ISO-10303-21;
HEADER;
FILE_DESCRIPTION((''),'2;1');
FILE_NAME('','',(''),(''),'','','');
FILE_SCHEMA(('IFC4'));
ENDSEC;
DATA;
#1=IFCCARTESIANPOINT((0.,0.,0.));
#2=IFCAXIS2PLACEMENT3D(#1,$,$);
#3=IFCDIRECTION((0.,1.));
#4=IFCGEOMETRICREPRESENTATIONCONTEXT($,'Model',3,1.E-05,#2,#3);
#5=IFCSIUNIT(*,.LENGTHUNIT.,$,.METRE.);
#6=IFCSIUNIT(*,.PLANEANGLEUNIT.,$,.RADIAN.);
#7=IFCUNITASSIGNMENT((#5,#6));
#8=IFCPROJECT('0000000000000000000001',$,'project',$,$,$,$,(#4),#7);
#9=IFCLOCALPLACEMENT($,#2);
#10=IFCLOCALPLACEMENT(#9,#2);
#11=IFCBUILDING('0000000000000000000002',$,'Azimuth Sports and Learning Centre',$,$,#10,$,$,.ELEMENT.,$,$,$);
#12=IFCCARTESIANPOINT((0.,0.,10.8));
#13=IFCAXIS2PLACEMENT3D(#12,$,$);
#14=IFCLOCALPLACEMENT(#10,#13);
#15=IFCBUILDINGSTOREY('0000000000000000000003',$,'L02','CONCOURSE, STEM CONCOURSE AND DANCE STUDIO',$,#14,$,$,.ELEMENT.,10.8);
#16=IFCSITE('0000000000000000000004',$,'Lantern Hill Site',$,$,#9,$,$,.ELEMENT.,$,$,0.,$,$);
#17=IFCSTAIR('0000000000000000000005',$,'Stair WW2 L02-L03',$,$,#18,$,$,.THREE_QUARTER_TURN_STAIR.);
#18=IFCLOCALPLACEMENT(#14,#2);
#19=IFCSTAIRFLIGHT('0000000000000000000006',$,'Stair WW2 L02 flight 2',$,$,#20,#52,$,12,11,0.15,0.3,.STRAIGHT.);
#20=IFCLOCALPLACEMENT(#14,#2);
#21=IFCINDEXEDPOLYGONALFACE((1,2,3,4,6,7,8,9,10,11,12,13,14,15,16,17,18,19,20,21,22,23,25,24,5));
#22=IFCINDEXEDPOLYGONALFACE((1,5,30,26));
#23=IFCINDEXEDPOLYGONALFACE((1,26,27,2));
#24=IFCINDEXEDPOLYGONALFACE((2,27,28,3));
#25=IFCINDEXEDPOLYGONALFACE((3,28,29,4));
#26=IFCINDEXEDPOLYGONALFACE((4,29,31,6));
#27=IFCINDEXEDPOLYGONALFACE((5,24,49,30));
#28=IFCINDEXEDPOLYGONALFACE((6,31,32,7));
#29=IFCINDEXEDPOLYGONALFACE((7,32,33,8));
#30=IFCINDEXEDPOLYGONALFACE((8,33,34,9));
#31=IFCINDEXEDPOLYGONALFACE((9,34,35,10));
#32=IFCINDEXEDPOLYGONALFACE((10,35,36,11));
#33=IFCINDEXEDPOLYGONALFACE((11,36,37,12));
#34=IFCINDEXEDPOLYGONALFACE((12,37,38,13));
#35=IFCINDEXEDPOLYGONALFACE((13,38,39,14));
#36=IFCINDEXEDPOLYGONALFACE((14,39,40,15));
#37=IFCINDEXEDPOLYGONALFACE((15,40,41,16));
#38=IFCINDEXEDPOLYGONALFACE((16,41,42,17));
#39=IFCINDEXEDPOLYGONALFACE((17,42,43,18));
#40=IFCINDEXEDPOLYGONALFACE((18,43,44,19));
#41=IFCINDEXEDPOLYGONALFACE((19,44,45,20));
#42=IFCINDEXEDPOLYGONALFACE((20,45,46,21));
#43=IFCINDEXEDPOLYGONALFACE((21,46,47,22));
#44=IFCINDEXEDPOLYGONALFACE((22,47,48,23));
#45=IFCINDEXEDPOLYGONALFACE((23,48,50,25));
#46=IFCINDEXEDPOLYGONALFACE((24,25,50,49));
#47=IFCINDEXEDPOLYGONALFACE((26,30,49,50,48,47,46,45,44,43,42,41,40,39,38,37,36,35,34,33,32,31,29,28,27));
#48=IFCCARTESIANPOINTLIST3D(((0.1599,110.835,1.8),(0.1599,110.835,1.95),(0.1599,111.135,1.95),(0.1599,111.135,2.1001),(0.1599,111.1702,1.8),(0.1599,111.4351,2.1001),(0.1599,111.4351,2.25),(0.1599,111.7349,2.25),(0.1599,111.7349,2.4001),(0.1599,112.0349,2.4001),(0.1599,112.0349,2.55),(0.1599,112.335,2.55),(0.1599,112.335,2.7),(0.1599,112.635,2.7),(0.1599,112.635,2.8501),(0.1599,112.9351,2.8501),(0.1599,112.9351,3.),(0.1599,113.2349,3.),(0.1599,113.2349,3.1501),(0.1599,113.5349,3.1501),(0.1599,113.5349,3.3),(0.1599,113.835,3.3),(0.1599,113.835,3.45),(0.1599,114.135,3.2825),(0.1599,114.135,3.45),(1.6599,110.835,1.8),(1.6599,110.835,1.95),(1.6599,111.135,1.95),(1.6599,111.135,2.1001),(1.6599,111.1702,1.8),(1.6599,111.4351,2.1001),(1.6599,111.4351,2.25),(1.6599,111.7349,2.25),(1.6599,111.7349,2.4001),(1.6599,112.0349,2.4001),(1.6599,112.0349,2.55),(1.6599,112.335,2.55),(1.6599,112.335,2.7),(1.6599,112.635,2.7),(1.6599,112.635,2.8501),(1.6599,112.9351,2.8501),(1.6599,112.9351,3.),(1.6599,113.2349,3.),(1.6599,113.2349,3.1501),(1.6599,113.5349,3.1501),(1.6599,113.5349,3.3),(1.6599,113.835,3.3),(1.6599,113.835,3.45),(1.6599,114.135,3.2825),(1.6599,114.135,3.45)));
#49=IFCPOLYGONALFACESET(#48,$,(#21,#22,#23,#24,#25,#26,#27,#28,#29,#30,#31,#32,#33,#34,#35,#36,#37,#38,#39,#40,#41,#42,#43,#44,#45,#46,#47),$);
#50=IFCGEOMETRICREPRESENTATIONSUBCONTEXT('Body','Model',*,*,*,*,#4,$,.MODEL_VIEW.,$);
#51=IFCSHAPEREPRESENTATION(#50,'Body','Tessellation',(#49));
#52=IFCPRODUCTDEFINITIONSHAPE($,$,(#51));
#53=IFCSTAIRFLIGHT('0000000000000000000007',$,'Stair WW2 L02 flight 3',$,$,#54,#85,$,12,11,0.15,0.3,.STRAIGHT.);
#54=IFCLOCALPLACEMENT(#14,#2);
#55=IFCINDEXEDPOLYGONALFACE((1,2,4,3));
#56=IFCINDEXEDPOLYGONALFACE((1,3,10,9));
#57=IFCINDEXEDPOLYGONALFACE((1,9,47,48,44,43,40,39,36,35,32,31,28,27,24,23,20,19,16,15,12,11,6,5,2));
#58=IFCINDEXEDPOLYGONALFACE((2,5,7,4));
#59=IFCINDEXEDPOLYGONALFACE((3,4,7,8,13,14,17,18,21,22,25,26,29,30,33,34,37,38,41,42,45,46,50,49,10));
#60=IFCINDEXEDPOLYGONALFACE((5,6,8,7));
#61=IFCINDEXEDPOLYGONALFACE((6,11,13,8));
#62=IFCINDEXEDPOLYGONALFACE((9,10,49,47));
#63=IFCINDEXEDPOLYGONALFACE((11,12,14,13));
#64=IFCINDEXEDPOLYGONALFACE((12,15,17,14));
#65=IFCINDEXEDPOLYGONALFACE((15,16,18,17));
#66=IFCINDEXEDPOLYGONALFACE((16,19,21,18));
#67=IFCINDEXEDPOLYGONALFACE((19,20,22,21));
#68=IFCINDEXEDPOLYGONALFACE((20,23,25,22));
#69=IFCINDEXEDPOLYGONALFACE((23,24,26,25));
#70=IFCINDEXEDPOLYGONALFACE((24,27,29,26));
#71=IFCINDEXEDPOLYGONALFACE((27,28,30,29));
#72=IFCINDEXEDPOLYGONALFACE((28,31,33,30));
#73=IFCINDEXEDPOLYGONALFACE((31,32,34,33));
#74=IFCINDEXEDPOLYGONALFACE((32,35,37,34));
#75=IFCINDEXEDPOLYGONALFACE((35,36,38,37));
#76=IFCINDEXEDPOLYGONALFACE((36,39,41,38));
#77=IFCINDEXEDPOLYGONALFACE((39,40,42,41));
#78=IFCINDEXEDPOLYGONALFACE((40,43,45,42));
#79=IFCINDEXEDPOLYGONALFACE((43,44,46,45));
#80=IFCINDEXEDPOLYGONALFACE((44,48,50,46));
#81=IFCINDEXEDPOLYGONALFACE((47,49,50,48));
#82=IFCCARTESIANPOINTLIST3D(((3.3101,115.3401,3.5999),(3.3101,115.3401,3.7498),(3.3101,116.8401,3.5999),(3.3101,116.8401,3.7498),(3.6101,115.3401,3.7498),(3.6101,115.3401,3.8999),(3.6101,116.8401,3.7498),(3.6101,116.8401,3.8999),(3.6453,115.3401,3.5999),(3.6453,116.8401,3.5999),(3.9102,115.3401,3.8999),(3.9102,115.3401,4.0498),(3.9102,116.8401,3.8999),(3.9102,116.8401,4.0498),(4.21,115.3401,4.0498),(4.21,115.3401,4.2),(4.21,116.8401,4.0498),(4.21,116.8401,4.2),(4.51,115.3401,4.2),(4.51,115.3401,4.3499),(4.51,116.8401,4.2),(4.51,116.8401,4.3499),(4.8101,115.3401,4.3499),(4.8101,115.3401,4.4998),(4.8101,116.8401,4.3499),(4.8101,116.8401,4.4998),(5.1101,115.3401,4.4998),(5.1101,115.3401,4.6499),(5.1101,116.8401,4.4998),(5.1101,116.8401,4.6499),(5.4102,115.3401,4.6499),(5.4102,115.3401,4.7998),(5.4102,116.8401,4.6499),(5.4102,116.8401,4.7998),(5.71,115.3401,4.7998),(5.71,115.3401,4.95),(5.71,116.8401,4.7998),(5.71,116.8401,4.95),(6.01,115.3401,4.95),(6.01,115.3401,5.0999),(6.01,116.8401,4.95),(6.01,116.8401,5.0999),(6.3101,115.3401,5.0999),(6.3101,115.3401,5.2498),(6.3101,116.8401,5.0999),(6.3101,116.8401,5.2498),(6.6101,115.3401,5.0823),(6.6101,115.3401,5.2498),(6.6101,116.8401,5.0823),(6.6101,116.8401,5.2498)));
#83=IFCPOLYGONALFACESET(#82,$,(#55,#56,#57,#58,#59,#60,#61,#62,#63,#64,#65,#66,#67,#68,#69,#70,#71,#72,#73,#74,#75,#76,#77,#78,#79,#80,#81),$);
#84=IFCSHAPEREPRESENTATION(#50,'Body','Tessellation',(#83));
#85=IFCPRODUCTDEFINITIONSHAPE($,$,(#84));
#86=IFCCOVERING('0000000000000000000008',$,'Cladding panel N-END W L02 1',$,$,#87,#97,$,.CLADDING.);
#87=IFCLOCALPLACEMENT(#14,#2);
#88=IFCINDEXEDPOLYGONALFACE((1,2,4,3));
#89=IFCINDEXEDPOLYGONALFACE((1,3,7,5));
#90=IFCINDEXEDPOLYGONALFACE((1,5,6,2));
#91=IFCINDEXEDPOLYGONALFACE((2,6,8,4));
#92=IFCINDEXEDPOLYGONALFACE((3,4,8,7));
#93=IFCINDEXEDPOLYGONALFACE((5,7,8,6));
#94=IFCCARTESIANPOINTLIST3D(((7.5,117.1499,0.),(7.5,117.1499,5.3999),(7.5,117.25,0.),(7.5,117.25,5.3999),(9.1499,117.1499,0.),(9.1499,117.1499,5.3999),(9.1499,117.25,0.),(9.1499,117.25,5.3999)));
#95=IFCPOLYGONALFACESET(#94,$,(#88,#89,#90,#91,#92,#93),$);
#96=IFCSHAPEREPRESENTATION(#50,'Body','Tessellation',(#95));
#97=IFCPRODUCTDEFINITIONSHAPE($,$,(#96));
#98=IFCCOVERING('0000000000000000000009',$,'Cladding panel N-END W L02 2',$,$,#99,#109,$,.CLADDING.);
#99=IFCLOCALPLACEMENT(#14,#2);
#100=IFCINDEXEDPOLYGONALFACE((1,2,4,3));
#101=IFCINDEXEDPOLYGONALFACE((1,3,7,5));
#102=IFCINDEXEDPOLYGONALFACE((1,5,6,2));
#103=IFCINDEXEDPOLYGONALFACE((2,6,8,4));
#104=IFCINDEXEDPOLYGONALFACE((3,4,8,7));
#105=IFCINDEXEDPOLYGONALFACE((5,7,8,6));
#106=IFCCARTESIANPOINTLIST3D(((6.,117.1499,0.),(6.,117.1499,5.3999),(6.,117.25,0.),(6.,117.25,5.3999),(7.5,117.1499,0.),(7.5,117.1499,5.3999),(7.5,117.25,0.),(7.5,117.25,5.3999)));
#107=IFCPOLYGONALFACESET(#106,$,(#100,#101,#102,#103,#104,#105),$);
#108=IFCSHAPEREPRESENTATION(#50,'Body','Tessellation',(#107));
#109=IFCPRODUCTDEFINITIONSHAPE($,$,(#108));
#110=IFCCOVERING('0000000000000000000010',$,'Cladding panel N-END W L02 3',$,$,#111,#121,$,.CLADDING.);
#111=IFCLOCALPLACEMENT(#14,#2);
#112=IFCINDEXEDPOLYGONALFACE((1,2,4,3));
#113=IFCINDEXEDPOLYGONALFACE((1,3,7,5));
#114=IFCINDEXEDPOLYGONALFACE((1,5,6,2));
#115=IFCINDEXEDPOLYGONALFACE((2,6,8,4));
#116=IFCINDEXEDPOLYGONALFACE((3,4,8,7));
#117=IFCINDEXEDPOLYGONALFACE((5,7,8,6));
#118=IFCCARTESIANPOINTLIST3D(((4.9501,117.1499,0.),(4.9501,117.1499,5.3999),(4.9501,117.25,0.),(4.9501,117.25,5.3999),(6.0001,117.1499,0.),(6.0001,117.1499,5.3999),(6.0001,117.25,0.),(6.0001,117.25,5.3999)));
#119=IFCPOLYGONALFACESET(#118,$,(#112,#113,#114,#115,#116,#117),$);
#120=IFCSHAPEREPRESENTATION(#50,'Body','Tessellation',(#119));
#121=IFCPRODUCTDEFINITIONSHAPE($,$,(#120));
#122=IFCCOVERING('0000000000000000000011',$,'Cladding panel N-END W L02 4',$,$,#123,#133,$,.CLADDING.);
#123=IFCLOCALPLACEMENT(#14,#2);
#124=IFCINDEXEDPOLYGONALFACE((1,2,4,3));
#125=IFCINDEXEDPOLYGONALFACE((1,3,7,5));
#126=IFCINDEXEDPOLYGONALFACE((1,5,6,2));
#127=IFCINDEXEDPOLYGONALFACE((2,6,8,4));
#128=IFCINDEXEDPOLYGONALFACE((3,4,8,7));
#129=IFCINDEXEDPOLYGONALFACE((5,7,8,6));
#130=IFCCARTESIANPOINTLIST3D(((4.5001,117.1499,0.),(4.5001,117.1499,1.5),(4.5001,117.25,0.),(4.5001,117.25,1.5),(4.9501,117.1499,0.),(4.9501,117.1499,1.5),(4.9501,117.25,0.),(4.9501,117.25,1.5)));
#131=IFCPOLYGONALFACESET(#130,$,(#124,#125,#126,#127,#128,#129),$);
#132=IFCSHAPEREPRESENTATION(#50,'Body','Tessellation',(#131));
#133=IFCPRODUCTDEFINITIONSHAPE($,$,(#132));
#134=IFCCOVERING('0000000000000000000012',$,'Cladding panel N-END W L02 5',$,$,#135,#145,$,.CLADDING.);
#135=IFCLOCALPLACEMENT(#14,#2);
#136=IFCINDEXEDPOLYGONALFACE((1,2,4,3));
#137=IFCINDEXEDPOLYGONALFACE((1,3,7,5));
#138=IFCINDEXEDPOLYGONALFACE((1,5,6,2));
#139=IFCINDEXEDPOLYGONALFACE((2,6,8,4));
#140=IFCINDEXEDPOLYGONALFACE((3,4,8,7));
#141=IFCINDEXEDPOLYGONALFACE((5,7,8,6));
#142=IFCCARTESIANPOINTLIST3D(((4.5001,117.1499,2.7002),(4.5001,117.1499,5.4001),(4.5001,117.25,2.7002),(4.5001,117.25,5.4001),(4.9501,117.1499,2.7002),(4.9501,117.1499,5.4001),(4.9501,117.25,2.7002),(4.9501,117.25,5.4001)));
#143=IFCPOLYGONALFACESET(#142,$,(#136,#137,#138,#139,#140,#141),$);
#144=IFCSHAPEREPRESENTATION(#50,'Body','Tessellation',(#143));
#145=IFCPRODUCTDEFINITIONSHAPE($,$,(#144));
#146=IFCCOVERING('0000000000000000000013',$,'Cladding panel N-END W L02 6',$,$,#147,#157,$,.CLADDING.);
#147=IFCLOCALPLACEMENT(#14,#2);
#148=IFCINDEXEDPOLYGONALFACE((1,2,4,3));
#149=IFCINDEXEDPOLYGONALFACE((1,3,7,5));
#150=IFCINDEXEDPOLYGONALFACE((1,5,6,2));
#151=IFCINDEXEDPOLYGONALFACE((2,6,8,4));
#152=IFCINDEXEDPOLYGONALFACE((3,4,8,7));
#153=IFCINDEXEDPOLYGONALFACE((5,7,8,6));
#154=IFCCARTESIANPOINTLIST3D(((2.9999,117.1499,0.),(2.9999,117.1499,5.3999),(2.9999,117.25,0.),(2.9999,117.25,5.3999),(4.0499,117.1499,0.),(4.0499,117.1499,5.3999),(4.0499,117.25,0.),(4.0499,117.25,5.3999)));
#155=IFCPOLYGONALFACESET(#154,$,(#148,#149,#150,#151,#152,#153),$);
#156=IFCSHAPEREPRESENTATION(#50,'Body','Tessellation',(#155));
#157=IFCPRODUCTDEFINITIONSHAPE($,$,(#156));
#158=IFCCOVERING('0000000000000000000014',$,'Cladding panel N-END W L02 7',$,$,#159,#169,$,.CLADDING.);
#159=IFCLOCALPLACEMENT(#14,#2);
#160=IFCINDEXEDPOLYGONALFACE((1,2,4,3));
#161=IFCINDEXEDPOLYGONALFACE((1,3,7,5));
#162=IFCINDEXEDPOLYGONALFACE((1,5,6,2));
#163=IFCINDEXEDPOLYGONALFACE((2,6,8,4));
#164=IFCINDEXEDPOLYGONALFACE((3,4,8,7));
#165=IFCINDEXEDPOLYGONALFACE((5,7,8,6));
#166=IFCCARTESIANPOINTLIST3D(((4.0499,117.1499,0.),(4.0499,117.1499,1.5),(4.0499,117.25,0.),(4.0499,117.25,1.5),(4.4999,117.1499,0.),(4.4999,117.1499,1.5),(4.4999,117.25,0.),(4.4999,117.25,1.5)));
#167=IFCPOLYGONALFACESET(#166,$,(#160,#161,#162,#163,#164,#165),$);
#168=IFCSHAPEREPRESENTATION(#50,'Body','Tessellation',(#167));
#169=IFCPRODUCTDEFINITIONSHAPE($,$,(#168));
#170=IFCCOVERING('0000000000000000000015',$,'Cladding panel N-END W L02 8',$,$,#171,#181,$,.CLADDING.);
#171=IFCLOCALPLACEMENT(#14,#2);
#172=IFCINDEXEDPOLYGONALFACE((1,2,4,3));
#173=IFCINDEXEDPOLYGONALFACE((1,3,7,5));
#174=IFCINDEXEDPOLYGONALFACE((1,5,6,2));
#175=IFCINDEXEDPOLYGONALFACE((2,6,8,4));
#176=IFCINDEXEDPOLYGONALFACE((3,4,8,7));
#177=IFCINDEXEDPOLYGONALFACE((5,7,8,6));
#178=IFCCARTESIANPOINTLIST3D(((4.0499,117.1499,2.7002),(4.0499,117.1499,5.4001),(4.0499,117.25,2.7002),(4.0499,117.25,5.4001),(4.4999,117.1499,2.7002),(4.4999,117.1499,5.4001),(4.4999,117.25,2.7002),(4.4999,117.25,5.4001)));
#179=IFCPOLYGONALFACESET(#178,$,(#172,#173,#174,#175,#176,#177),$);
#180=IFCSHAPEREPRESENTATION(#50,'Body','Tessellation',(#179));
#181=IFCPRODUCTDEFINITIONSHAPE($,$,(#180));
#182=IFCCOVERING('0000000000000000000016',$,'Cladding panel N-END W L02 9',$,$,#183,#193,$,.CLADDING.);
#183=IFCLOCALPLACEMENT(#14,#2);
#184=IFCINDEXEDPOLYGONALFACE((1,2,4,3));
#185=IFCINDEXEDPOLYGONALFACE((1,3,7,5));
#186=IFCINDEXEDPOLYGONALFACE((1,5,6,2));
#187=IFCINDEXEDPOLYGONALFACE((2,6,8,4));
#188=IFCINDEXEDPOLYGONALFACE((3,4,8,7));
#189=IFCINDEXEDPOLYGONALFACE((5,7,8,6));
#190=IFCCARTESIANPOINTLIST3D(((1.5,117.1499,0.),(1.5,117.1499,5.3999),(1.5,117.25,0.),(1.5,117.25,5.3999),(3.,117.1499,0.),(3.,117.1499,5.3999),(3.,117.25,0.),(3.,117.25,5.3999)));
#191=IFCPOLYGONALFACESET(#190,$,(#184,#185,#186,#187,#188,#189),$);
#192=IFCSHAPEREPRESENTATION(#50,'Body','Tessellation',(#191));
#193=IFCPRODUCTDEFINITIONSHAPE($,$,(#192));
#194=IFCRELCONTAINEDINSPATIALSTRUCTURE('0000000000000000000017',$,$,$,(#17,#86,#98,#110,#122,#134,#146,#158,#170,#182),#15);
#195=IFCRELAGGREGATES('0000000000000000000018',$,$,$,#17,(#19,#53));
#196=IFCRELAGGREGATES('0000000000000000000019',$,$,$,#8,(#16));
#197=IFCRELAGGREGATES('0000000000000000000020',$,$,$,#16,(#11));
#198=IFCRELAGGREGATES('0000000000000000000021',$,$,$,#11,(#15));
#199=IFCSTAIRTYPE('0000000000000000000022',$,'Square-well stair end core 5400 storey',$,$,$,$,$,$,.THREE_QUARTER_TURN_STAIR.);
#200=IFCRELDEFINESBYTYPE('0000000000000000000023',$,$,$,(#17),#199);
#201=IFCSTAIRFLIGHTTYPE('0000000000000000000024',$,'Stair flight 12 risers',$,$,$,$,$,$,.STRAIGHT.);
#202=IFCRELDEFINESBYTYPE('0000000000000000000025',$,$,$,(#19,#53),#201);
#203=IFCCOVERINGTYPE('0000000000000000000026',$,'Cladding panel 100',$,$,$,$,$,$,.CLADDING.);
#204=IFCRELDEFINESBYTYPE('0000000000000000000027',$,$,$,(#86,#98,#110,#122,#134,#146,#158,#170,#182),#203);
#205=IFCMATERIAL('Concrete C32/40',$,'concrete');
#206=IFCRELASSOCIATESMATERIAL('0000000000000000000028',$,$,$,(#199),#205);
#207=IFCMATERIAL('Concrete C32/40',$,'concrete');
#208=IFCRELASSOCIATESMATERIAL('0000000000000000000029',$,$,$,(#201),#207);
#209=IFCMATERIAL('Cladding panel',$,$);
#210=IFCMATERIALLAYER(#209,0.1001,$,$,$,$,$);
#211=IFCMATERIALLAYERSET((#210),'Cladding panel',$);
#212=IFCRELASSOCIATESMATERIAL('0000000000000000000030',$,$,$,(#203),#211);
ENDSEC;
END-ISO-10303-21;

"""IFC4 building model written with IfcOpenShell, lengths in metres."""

from ifc_helpers import new_model, si_unit, direction, frame, origin, origin_2d, place, context, subcontext, project, spatial, polyline, rectangle, outline, extrude, material, layer, layer_set, type_object, element, aggregate, save


model = new_model("IFC4")

# Units and contexts
model_context = context("Model", 3, precision=1e-05, world=origin(), true_north=direction((0.0, 1.0)))
body_context = subcontext(model_context, "Body", "Model", "MODEL_VIEW")
ifc_project = project(units=[si_unit("LENGTHUNIT", "METRE"), si_unit("PLANEANGLEUNIT", "RADIAN")], contexts=[model_context])

# Site, building, storey
site_placement = place(None, origin())
site = spatial("IfcSite", under=ifc_project, at=site_placement, Name="Lantern Hill Site", CompositionType="ELEMENT", RefElevation=0.0)
building_placement = place(site_placement, origin())
building = spatial("IfcBuilding", under=site, at=building_placement, Name="Azimuth Sports and Learning Centre", CompositionType="ELEMENT")
storey_placement = place(building_placement, frame((0.0, 0.0, 10.8)))
storey = spatial("IfcBuildingStorey", under=building, at=storey_placement, Name="L02", Description="CONCOURSE, STEM CONCOURSE AND DANCE STUDIO", CompositionType="ELEMENT", Elevation=10.8)

# Stair, stair flights
ifc_material_1 = material(Name="Concrete C32/40", Category="concrete")
stair_type = type_object("IfcStairType", Name="Square-well stair end core 5400 storey", PredefinedType="THREE_QUARTER_TURN_STAIR", material=ifc_material_1)
stair_placement = place(storey_placement, origin())
stair = element("IfcStair", 1, at=stair_placement, inside=storey, type_object=stair_type, Name="Stair WW2 L02-L03", PredefinedType="THREE_QUARTER_TURN_STAIR")
ifc_material_2 = material(Name="Concrete C32/40", Category="concrete")
stair_flight_type = type_object("IfcStairFlightType", Name="Stair flight 12 risers", PredefinedType="STRAIGHT", material=ifc_material_2)
stair_flight_1_placement = place(storey_placement, frame((0.9099, 110.835, 1.8), z_axis=(0.0, 0.0, 1.0), x_axis=(0.0, 1.0, 0.0)))
stair_flight_1 = element("IfcStairFlight", 2, at=stair_flight_1_placement, type_object=stair_flight_type, Name="Stair WW2 L02 flight 2", NumberOfRisers=12, NumberOfTreads=11, PredefinedType="STRAIGHT", RiserHeight=0.15, TreadLength=0.3, context=body_context, shape_type="SweptSolid", body=[
    extrude(outline(polyline([(0.0, 0.0), (0.0, 0.1499), (0.3, 0.1499), (0.3, 0.3), (0.6001, 0.3), (0.6001, 0.45), (0.8999, 0.45), (0.8999, 0.6001), (1.2, 0.6001), (1.2, 0.75), (1.5, 0.75), (1.5, 0.8999), (1.8, 0.8999), (1.8, 1.05), (2.1001, 1.05), (2.1001, 1.2), (2.3999, 1.2), (2.3999, 1.3501), (2.7, 1.3501), (2.7, 1.5), (3.0, 1.5), (3.0, 1.6499), (3.3, 1.6499), (3.3, 1.8), (3.3, 1.4824), (0.3352, 0.0), (0.0, 0.0)])), frame((0.0, 0.75, 0.0), z_axis=(0.0, -1.0, 0.0), x_axis=(1.0, 0.0, 0.0)), (0.0, 0.0, 1.0), 1.5),
])
stair_flight_2_placement = place(storey_placement, frame((3.3101, 116.0901, 3.5999), z_axis=(0.0, 0.0, 1.0), x_axis=(1.0, 0.0, 0.0)))
stair_flight_2 = element("IfcStairFlight", 3, at=stair_flight_2_placement, type_object=stair_flight_type, Name="Stair WW2 L02 flight 3", NumberOfRisers=12, NumberOfTreads=11, PredefinedType="STRAIGHT", RiserHeight=0.15, TreadLength=0.3, context=body_context, shape_type="SweptSolid", body=[
    extrude(outline(polyline([(0.0, 0.0), (0.0, 0.1499), (0.3, 0.1499), (0.3, 0.3), (0.6001, 0.3), (0.6001, 0.45), (0.8999, 0.45), (0.8999, 0.6001), (1.2, 0.6001), (1.2, 0.75), (1.5, 0.75), (1.5, 0.8999), (1.8, 0.8999), (1.8, 1.05), (2.1001, 1.05), (2.1001, 1.2), (2.3999, 1.2), (2.3999, 1.3501), (2.7, 1.3501), (2.7, 1.5), (3.0, 1.5), (3.0, 1.6499), (3.3, 1.6499), (3.3, 1.8), (3.3, 1.4824), (0.3352, 0.0), (0.0, 0.0)])), frame((0.0, 0.75, 0.0), z_axis=(0.0, -1.0, 0.0), x_axis=(1.0, 0.0, 0.0)), (0.0, 0.0, 1.0), 1.5),
])
aggregate(stair, [stair_flight_1, stair_flight_2])

# Coverings
ifc_material_3 = material(Name="Cladding panel")
ifc_layer_1 = layer(ifc_material_3, 0.1001)
ifc_layer_set_1 = layer_set([ifc_layer_1], Name="Cladding panel")
covering_type = type_object("IfcCoveringType", Name="Cladding panel 100", PredefinedType="CLADDING", material=ifc_layer_set_1)
covering_1_placement = place(storey_placement, frame((8.325, 117.2, 0.0), z_axis=(0.0, 0.0, 1.0), x_axis=(-1.0, 0.0, 0.0)))
element("IfcCovering", 4, at=covering_1_placement, inside=storey, type_object=covering_type, Name="Cladding panel N-END W L02 1", PredefinedType="CLADDING", context=body_context, shape_type="SweptSolid", body=[
    extrude(rectangle(XDim=1.6499, YDim=0.1001, at=origin_2d()), origin(), (0.0, 0.0, 1.0), 5.3999),
])
covering_2_placement = place(storey_placement, frame((6.75, 117.2, 0.0), z_axis=(0.0, 0.0, 1.0), x_axis=(-1.0, 0.0, 0.0)))
element("IfcCovering", 5, at=covering_2_placement, inside=storey, type_object=covering_type, Name="Cladding panel N-END W L02 2", PredefinedType="CLADDING", context=body_context, shape_type="SweptSolid", body=[
    extrude(rectangle(XDim=1.5, YDim=0.1001, at=origin_2d()), origin(), (0.0, 0.0, 1.0), 5.3999),
])
covering_3_placement = place(storey_placement, frame((5.4751, 117.2, 0.0), z_axis=(0.0, 0.0, 1.0), x_axis=(-1.0, 0.0, 0.0)))
element("IfcCovering", 6, at=covering_3_placement, inside=storey, type_object=covering_type, Name="Cladding panel N-END W L02 3", PredefinedType="CLADDING", context=body_context, shape_type="SweptSolid", body=[
    extrude(rectangle(XDim=1.05, YDim=0.1001, at=origin_2d()), origin(), (0.0, 0.0, 1.0), 5.3999),
])
covering_4_placement = place(storey_placement, frame((4.7251, 117.2, 0.0), z_axis=(0.0, 0.0, 1.0), x_axis=(-1.0, 0.0, 0.0)))
element("IfcCovering", 7, at=covering_4_placement, inside=storey, type_object=covering_type, Name="Cladding panel N-END W L02 4", PredefinedType="CLADDING", context=body_context, shape_type="SweptSolid", body=[
    extrude(rectangle(XDim=0.45, YDim=0.1001, at=origin_2d()), origin(), (0.0, 0.0, 1.0), 1.5),
])
covering_5_placement = place(storey_placement, frame((4.7251, 117.2, 2.7002), z_axis=(0.0, 0.0, 1.0), x_axis=(-1.0, 0.0, 0.0)))
element("IfcCovering", 8, at=covering_5_placement, inside=storey, type_object=covering_type, Name="Cladding panel N-END W L02 5", PredefinedType="CLADDING", context=body_context, shape_type="SweptSolid", body=[
    extrude(rectangle(XDim=0.45, YDim=0.1001, at=origin_2d()), origin(), (0.0, 0.0, 1.0), 2.7),
])
covering_6_placement = place(storey_placement, frame((3.5249, 117.2, 0.0), z_axis=(0.0, 0.0, 1.0), x_axis=(-1.0, 0.0, 0.0)))
element("IfcCovering", 9, at=covering_6_placement, inside=storey, type_object=covering_type, Name="Cladding panel N-END W L02 6", PredefinedType="CLADDING", context=body_context, shape_type="SweptSolid", body=[
    extrude(rectangle(XDim=1.05, YDim=0.1001, at=origin_2d()), origin(), (0.0, 0.0, 1.0), 5.3999),
])
covering_7_placement = place(storey_placement, frame((4.2749, 117.2, 0.0), z_axis=(0.0, 0.0, 1.0), x_axis=(-1.0, 0.0, 0.0)))
element("IfcCovering", 10, at=covering_7_placement, inside=storey, type_object=covering_type, Name="Cladding panel N-END W L02 7", PredefinedType="CLADDING", context=body_context, shape_type="SweptSolid", body=[
    extrude(rectangle(XDim=0.45, YDim=0.1001, at=origin_2d()), origin(), (0.0, 0.0, 1.0), 1.5),
])
covering_8_placement = place(storey_placement, frame((4.2749, 117.2, 2.7002), z_axis=(0.0, 0.0, 1.0), x_axis=(-1.0, 0.0, 0.0)))
element("IfcCovering", 11, at=covering_8_placement, inside=storey, type_object=covering_type, Name="Cladding panel N-END W L02 8", PredefinedType="CLADDING", context=body_context, shape_type="SweptSolid", body=[
    extrude(rectangle(XDim=0.45, YDim=0.1001, at=origin_2d()), origin(), (0.0, 0.0, 1.0), 2.7),
])
covering_9_placement = place(storey_placement, frame((2.25, 117.2, 0.0), z_axis=(0.0, 0.0, 1.0), x_axis=(-1.0, 0.0, 0.0)))
element("IfcCovering", 12, at=covering_9_placement, inside=storey, type_object=covering_type, Name="Cladding panel N-END W L02 9", PredefinedType="CLADDING", context=body_context, shape_type="SweptSolid", body=[
    extrude(rectangle(XDim=1.5, YDim=0.1001, at=origin_2d()), origin(), (0.0, 0.0, 1.0), 5.3999),
])

save(model, "model.ifc")
